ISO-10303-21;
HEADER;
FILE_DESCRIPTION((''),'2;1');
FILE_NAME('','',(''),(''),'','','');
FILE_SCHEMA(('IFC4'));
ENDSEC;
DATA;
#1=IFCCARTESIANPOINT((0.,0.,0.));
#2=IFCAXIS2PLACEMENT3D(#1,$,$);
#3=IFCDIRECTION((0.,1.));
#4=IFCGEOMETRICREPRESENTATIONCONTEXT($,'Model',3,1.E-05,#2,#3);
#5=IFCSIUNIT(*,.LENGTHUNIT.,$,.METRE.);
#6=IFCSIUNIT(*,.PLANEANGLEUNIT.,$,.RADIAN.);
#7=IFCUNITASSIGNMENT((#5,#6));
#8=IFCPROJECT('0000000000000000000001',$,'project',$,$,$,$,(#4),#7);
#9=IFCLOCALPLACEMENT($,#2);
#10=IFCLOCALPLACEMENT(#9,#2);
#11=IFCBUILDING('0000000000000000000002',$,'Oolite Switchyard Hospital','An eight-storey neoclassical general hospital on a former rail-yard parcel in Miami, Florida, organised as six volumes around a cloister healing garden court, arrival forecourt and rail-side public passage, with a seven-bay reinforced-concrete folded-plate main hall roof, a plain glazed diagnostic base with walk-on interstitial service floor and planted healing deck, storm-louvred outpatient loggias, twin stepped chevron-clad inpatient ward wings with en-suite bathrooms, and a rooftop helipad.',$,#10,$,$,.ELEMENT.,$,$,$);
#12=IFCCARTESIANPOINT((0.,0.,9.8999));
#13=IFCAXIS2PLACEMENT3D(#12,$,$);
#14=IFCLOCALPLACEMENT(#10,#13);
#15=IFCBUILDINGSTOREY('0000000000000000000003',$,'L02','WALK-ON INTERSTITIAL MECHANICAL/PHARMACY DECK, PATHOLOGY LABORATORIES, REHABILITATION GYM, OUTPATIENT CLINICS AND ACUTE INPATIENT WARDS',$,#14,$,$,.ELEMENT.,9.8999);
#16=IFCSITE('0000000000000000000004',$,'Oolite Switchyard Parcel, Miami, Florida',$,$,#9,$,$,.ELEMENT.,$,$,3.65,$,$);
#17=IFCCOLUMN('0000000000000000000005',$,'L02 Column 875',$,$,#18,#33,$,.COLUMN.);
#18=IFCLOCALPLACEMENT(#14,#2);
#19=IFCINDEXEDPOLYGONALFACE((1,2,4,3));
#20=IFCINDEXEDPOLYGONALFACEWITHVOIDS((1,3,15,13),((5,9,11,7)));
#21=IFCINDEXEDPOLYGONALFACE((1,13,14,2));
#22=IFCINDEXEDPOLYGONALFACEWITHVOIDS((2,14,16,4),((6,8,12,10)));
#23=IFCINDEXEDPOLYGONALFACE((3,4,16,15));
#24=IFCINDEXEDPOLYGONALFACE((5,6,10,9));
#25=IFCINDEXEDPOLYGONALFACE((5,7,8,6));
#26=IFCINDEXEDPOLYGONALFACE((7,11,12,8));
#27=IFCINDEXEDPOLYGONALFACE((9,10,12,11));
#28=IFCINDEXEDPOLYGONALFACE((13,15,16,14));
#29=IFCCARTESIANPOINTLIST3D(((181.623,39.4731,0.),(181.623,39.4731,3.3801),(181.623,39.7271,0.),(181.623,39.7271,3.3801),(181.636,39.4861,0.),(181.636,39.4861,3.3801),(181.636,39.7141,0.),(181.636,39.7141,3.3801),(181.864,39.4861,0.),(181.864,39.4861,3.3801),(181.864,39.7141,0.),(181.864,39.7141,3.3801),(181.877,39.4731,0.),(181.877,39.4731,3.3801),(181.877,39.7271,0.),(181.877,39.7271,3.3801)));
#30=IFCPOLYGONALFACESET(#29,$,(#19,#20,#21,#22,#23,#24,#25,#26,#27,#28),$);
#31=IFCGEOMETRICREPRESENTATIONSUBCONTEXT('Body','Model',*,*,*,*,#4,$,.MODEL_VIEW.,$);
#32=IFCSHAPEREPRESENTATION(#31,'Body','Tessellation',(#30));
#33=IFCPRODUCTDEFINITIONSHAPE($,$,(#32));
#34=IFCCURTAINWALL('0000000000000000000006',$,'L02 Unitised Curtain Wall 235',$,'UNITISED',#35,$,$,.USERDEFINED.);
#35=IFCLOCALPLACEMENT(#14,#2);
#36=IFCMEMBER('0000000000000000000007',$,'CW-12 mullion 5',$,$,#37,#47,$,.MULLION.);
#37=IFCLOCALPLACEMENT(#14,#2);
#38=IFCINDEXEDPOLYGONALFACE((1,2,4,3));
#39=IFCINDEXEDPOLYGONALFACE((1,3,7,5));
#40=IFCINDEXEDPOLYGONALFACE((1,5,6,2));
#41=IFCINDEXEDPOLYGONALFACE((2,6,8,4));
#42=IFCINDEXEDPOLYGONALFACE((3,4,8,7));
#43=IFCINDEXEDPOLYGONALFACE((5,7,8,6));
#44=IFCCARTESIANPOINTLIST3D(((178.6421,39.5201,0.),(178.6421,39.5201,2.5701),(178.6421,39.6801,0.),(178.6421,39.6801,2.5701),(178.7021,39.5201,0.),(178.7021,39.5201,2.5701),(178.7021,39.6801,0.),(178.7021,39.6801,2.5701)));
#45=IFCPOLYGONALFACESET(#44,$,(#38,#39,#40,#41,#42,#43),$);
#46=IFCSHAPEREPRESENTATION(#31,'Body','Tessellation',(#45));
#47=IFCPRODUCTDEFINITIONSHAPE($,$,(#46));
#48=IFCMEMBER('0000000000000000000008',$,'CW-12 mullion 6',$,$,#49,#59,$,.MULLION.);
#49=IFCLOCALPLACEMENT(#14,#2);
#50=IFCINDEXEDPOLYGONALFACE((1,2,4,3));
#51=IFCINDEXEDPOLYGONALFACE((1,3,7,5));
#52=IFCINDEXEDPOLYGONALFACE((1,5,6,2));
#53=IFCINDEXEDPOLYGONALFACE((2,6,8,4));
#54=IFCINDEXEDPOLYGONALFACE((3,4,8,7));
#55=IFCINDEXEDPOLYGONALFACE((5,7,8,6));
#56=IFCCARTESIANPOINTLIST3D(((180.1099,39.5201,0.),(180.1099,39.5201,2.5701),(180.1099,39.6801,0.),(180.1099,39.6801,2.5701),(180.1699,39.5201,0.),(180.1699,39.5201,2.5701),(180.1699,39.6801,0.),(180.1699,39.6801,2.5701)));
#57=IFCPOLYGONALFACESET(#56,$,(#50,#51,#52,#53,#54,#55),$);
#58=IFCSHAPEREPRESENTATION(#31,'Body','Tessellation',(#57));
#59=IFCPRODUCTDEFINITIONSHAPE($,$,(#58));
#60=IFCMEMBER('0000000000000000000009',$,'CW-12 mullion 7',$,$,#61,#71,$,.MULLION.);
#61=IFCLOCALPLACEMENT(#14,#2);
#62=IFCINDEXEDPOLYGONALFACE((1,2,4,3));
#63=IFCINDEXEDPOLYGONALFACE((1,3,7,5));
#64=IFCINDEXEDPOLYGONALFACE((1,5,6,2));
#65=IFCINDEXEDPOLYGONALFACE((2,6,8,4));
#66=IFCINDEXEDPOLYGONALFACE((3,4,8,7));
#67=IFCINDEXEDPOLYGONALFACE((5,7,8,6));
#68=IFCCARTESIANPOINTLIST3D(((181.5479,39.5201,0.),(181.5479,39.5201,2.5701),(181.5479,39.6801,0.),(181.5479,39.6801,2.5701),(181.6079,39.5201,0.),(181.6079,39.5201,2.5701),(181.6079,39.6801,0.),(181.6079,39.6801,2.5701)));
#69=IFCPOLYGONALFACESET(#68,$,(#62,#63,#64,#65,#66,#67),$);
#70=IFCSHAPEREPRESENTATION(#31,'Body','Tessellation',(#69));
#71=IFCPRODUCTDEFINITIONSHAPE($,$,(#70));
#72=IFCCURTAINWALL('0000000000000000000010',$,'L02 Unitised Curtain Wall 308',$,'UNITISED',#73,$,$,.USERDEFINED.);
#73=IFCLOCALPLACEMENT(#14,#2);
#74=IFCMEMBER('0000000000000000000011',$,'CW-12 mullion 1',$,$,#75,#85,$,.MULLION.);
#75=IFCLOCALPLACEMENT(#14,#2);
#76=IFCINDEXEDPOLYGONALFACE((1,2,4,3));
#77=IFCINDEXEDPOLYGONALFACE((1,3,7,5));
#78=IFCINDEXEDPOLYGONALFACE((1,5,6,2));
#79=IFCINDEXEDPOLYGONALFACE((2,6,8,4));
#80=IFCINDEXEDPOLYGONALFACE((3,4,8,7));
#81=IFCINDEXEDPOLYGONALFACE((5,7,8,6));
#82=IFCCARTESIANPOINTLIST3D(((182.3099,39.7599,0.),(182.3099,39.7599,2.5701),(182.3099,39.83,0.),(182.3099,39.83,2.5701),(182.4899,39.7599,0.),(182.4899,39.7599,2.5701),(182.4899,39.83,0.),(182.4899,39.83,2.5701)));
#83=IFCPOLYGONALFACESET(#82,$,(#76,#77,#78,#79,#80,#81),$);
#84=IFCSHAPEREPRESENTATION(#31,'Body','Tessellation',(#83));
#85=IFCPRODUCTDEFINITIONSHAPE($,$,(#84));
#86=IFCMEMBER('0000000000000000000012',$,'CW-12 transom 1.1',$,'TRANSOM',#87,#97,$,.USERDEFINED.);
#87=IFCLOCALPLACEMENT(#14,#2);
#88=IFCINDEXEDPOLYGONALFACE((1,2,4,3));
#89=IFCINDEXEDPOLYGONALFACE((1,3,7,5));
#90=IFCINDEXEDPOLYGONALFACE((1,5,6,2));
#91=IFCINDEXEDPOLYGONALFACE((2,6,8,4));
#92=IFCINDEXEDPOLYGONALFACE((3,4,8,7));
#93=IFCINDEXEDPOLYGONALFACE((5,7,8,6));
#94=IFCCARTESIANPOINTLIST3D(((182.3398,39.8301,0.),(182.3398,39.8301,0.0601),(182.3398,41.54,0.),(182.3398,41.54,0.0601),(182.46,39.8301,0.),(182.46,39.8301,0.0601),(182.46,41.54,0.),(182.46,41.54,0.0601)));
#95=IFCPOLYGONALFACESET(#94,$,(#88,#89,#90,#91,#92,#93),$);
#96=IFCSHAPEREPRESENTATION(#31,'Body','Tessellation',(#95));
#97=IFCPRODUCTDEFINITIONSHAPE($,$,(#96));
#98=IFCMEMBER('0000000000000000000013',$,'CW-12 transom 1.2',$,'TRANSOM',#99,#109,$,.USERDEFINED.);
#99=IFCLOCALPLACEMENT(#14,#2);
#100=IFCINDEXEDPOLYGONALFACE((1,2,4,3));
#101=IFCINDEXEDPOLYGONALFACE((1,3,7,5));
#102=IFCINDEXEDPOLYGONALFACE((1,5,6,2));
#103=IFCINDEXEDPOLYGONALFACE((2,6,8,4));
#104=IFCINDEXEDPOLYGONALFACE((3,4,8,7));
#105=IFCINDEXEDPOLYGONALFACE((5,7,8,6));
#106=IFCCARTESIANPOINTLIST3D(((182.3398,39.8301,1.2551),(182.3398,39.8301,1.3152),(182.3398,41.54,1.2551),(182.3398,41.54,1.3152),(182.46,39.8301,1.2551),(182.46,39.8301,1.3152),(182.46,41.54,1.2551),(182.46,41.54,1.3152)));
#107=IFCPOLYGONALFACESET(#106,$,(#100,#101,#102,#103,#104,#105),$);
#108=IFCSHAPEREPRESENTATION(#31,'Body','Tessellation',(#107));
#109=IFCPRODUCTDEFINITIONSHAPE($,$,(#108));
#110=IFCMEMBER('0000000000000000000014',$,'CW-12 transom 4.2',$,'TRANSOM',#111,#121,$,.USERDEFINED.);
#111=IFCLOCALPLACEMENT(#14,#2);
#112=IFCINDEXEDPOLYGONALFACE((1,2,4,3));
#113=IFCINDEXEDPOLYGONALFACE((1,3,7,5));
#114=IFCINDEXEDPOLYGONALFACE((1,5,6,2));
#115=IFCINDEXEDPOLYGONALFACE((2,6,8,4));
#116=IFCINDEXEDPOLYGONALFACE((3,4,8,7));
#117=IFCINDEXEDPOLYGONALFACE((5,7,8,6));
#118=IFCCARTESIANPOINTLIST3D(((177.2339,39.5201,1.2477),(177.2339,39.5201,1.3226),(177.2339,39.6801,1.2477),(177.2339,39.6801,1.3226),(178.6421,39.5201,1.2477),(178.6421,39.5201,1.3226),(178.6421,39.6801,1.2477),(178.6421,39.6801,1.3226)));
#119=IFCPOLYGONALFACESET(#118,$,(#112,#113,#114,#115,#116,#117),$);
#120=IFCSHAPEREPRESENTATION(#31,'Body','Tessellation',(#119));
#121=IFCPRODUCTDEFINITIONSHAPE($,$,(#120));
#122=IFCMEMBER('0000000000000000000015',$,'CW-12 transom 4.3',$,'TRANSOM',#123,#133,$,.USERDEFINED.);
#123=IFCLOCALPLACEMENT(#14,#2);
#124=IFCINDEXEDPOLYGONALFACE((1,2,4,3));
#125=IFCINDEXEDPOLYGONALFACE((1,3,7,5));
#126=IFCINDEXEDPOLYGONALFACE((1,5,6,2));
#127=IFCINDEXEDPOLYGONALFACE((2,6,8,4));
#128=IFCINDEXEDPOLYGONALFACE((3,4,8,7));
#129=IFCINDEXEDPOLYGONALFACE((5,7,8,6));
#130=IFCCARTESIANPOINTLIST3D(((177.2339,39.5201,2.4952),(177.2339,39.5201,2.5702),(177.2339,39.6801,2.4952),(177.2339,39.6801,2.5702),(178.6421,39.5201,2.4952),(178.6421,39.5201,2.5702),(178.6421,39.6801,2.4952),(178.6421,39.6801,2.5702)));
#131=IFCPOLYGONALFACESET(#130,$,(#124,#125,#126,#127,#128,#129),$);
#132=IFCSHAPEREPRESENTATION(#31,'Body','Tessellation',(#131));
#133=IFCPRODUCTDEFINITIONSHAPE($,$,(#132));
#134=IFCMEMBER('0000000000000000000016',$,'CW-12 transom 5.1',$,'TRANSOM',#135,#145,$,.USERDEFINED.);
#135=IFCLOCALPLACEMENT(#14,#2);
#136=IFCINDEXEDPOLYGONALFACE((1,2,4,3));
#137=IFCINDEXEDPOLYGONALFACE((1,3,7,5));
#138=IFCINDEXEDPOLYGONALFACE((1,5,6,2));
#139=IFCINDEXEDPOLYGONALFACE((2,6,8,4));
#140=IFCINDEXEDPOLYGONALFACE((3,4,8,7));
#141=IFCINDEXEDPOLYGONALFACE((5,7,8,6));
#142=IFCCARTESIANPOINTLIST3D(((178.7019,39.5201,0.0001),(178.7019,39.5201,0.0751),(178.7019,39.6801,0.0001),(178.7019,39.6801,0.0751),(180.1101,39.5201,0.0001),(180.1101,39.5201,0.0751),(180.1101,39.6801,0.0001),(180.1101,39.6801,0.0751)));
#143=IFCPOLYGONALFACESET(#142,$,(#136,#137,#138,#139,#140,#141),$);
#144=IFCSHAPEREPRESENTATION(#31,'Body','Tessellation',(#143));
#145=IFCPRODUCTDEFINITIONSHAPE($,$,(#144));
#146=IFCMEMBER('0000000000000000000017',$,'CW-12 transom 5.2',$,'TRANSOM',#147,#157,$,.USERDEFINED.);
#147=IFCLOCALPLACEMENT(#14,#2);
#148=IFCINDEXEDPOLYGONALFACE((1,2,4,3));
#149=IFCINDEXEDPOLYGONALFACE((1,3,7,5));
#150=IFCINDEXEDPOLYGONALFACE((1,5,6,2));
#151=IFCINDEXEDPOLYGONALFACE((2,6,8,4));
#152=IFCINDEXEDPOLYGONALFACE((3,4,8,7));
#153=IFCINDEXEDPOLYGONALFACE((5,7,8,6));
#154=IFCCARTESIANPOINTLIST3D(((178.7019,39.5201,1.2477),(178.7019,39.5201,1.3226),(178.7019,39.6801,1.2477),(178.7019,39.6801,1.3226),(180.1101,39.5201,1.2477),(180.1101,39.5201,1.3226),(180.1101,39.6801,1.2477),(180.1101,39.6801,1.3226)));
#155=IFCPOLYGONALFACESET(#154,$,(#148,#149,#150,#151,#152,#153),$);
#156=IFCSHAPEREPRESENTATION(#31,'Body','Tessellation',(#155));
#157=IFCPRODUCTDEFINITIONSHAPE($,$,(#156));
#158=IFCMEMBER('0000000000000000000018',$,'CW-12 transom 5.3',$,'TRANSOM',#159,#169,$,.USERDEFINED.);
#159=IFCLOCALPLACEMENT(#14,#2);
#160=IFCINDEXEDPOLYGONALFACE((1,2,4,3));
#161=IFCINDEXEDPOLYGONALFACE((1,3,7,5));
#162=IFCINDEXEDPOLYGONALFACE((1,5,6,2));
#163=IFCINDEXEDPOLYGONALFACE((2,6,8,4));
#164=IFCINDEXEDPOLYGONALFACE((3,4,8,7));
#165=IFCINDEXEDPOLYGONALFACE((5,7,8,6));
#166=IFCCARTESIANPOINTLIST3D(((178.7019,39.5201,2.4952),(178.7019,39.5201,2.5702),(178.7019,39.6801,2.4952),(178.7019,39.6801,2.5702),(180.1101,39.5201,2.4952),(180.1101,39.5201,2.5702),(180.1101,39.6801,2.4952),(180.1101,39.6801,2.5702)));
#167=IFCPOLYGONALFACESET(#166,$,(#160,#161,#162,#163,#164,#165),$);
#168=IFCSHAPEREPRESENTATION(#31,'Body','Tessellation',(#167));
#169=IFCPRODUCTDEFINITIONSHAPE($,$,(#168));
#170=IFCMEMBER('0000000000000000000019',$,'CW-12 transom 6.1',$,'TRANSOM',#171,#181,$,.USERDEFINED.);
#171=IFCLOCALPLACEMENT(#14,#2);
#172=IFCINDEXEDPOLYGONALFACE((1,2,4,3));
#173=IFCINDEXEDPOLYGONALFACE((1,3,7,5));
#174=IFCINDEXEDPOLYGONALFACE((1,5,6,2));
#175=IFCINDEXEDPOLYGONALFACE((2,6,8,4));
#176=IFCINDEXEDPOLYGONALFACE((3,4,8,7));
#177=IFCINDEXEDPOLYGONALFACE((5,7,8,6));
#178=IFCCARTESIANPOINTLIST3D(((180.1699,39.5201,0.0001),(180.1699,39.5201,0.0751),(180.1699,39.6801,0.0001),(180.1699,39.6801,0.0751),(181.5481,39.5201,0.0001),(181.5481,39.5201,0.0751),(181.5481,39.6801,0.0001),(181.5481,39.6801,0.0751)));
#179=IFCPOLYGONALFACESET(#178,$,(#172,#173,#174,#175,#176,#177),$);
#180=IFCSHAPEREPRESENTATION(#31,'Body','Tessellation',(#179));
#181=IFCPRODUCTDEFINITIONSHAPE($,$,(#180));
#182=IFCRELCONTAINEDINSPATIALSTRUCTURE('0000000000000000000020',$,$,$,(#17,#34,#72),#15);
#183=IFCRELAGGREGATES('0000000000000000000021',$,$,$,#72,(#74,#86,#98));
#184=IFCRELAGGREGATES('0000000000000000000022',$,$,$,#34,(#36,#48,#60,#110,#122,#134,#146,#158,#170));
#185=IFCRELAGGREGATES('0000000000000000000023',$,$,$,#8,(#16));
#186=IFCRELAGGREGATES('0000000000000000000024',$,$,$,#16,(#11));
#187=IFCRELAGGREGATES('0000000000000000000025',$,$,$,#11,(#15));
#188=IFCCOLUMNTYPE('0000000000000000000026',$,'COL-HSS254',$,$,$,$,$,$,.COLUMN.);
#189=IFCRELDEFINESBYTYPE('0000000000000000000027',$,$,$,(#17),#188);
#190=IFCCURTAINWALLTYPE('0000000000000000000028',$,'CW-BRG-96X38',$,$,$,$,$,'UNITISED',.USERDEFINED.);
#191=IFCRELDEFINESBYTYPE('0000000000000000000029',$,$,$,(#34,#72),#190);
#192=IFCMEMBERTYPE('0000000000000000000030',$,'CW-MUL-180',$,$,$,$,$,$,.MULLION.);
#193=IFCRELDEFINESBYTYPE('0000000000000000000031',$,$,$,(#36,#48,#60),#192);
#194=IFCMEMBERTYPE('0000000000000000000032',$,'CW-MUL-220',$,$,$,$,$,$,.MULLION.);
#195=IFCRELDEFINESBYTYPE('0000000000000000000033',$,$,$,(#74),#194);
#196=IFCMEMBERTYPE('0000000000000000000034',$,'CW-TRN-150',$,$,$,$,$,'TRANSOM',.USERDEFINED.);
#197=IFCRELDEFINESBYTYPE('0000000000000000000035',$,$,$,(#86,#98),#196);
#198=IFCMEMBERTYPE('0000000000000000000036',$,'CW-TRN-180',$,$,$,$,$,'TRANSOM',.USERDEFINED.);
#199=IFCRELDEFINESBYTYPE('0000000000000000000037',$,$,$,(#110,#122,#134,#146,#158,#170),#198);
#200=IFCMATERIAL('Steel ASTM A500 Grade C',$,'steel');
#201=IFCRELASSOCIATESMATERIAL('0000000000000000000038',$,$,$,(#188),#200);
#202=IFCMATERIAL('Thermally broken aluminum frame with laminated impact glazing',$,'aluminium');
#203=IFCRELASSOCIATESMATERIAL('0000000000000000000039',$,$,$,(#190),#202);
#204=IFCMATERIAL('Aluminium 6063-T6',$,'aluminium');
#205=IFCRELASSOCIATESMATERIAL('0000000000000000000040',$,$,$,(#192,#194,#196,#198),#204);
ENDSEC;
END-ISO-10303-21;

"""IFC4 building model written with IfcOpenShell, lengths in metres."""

from ifc_helpers import new_model, si_unit, direction, frame, origin, origin_2d, place, context, subcontext, project, spatial, rectangle, hollow_rectangle, extrude, material, material_profile, profile_set, type_object, element, aggregate, save


model = new_model("IFC4")

# Units and contexts
model_context = context("Model", 3, precision=1e-05, world=origin(), true_north=direction((0.0, 1.0)))
body_context = subcontext(model_context, "Body", "Model", "MODEL_VIEW")
ifc_project = project(units=[si_unit("LENGTHUNIT", "METRE"), si_unit("PLANEANGLEUNIT", "RADIAN")], contexts=[model_context])

# Site, building, storey
site_placement = place(None, origin())
site = spatial("IfcSite", under=ifc_project, at=site_placement, Name="Oolite Switchyard Parcel, Miami, Florida", CompositionType="ELEMENT", RefElevation=3.65)
building_placement = place(site_placement, origin())
building = spatial("IfcBuilding", under=site, at=building_placement, Name="Oolite Switchyard Hospital", Description="An eight-storey neoclassical general hospital on a former rail-yard parcel in Miami, Florida, organised as six volumes around a cloister healing garden court, arrival forecourt and rail-side public passage, with a seven-bay reinforced-concrete folded-plate main hall roof, a plain glazed diagnostic base with walk-on interstitial service floor and planted healing deck, storm-louvred outpatient loggias, twin stepped chevron-clad inpatient ward wings with en-suite bathrooms, and a rooftop helipad.", CompositionType="ELEMENT")
storey_placement = place(building_placement, frame((0.0, 0.0, 9.8999)))
storey = spatial("IfcBuildingStorey", under=building, at=storey_placement, Name="L02", Description="WALK-ON INTERSTITIAL MECHANICAL/PHARMACY DECK, PATHOLOGY LABORATORIES, REHABILITATION GYM, OUTPATIENT CLINICS AND ACUTE INPATIENT WARDS", CompositionType="ELEMENT", Elevation=9.8999)

# Column
ifc_material_1 = material(Name="Steel ASTM A500 Grade C", Category="steel")
ifc_material_profile_1 = material_profile(ifc_material_1, hollow_rectangle(XDim=0.2539, YDim=0.2539, WallThickness=0.0129, at=origin_2d()), Name="HSS254X254X13")
ifc_profile_set_1 = profile_set([ifc_material_profile_1], Name="Steel ASTM A500 Grade C")
column_type = type_object("IfcColumnType", Name="COL-HSS254", PredefinedType="COLUMN", material=ifc_profile_set_1)
column_placement = place(storey_placement, frame((181.75, 39.6001, 0.0), z_axis=(0.0, 0.0, 1.0), x_axis=(1.0, 0.0, 0.0)))
element("IfcColumn", 1, at=column_placement, inside=storey, type_object=column_type, Name="L02 Column 875", PredefinedType="COLUMN", context=body_context, shape_type="SweptSolid", body=[
    extrude(hollow_rectangle(XDim=0.2539, YDim=0.2539, WallThickness=0.0129, at=origin_2d()), origin(), (0.0, 0.0, 1.0), 3.3801),
])

# Curtain walls, members
ifc_material_2 = material(Name="Thermally broken aluminum frame with laminated impact glazing", Category="aluminium")
curtain_wall_type = type_object("IfcCurtainWallType", Name="CW-BRG-96X38", ElementType="UNITISED", PredefinedType="USERDEFINED", material=ifc_material_2)
curtain_wall_1_placement = place(storey_placement, origin())
curtain_wall_1 = element("IfcCurtainWall", 2, at=curtain_wall_1_placement, inside=storey, type_object=curtain_wall_type, Name="L02 Unitised Curtain Wall 235", ObjectType="UNITISED", PredefinedType="USERDEFINED")
ifc_material_3 = material(Name="Aluminium 6063-T6", Category="aluminium")
ifc_material_profile_2 = material_profile(ifc_material_3, rectangle(XDim=0.1599, YDim=0.0601, at=origin_2d()), Name="CWM60X160")
ifc_profile_set_2 = profile_set([ifc_material_profile_2], Name="Aluminium 6063-T6")
member_type_1 = type_object("IfcMemberType", Name="CW-MUL-180", PredefinedType="MULLION", material=ifc_profile_set_2)
member_1_placement = place(storey_placement, frame((178.6721, 39.6001, 0.0), z_axis=(0.0, 0.0, 1.0), x_axis=(0.0, 1.0, 0.0)))
member_1 = element("IfcMember", 3, at=member_1_placement, type_object=member_type_1, Name="CW-12 mullion 5", PredefinedType="MULLION", context=body_context, shape_type="SweptSolid", body=[
    extrude(rectangle(XDim=0.1599, YDim=0.0601, at=origin_2d()), origin(), (0.0, 0.0, 1.0), 2.5701),
])
member_2_placement = place(storey_placement, frame((180.1399, 39.6001, 0.0), z_axis=(0.0, 0.0, 1.0), x_axis=(0.0, 1.0, 0.0)))
member_2 = element("IfcMember", 4, at=member_2_placement, type_object=member_type_1, Name="CW-12 mullion 6", PredefinedType="MULLION", context=body_context, shape_type="SweptSolid", body=[
    extrude(rectangle(XDim=0.1599, YDim=0.0601, at=origin_2d()), origin(), (0.0, 0.0, 1.0), 2.5701),
])
member_3_placement = place(storey_placement, frame((181.5779, 39.6001, 0.0), z_axis=(0.0, 0.0, 1.0), x_axis=(0.0, 1.0, 0.0)))
member_3 = element("IfcMember", 5, at=member_3_placement, type_object=member_type_1, Name="CW-12 mullion 7", PredefinedType="MULLION", context=body_context, shape_type="SweptSolid", body=[
    extrude(rectangle(XDim=0.1599, YDim=0.0601, at=origin_2d()), origin(), (0.0, 0.0, 1.0), 2.5701),
])
curtain_wall_2_placement = place(storey_placement, origin())
curtain_wall_2 = element("IfcCurtainWall", 6, at=curtain_wall_2_placement, inside=storey, type_object=curtain_wall_type, Name="L02 Unitised Curtain Wall 308", ObjectType="UNITISED", PredefinedType="USERDEFINED")
ifc_material_profile_3 = material_profile(ifc_material_3, rectangle(XDim=0.1799, YDim=0.0701, at=origin_2d()), Name="CWM70X180")
ifc_profile_set_3 = profile_set([ifc_material_profile_3], Name="Aluminium 6063-T6")
member_type_2 = type_object("IfcMemberType", Name="CW-MUL-220", PredefinedType="MULLION", material=ifc_profile_set_3)
member_4_placement = place(storey_placement, frame((182.3999, 39.7949, 0.0), z_axis=(0.0, 0.0, 1.0), x_axis=(-1.0, 0.0, 0.0)))
member_4 = element("IfcMember", 7, at=member_4_placement, type_object=member_type_2, Name="CW-12 mullion 1", PredefinedType="MULLION", context=body_context, shape_type="SweptSolid", body=[
    extrude(rectangle(XDim=0.1799, YDim=0.0701, at=origin_2d()), origin(), (0.0, 0.0, 1.0), 2.5701),
])
ifc_material_profile_4 = material_profile(ifc_material_3, rectangle(XDim=0.1201, YDim=0.0601, at=origin_2d()), Name="CWT60X120")
ifc_profile_set_4 = profile_set([ifc_material_profile_4], Name="Aluminium 6063-T6")
member_type_3 = type_object("IfcMemberType", Name="CW-TRN-150", ElementType="TRANSOM", PredefinedType="USERDEFINED", material=ifc_profile_set_4)
member_5_placement = place(storey_placement, frame((182.3999, 39.8301, 0.03), z_axis=(0.0, 1.0, 0.0), x_axis=(-1.0, 0.0, 0.0)))
member_5 = element("IfcMember", 8, at=member_5_placement, type_object=member_type_3, Name="CW-12 transom 1.1", ObjectType="TRANSOM", PredefinedType="USERDEFINED", context=body_context, shape_type="SweptSolid", body=[
    extrude(rectangle(XDim=0.1201, YDim=0.0601, at=origin_2d()), origin(), (0.0, 0.0, 1.0), 1.71),
])
member_6_placement = place(storey_placement, frame((182.3999, 39.8301, 1.2852), z_axis=(0.0, 1.0, 0.0), x_axis=(-1.0, 0.0, 0.0)))
member_6 = element("IfcMember", 9, at=member_6_placement, type_object=member_type_3, Name="CW-12 transom 1.2", ObjectType="TRANSOM", PredefinedType="USERDEFINED", context=body_context, shape_type="SweptSolid", body=[
    extrude(rectangle(XDim=0.1201, YDim=0.0601, at=origin_2d()), origin(), (0.0, 0.0, 1.0), 1.71),
])
aggregate(curtain_wall_2, [member_4, member_5, member_6])

# Members
ifc_material_profile_5 = material_profile(ifc_material_3, rectangle(XDim=0.1599, YDim=0.075, at=origin_2d()), Name="CWT75X160")
ifc_profile_set_5 = profile_set([ifc_material_profile_5], Name="Aluminium 6063-T6")
member_type_4 = type_object("IfcMemberType", Name="CW-TRN-180", ElementType="TRANSOM", PredefinedType="USERDEFINED", material=ifc_profile_set_5)
member_7_placement = place(storey_placement, frame((177.2339, 39.6001, 1.2852), z_axis=(1.0, 0.0, 0.0), x_axis=(0.0, 1.0, 0.0)))
member_7 = element("IfcMember", 10, at=member_7_placement, type_object=member_type_4, Name="CW-12 transom 4.2", ObjectType="TRANSOM", PredefinedType="USERDEFINED", context=body_context, shape_type="SweptSolid", body=[
    extrude(rectangle(XDim=0.1599, YDim=0.075, at=origin_2d()), origin(), (0.0, 0.0, 1.0), 1.4082),
])
member_8_placement = place(storey_placement, frame((177.2339, 39.6001, 2.5327), z_axis=(1.0, 0.0, 0.0), x_axis=(0.0, 1.0, 0.0)))
member_8 = element("IfcMember", 11, at=member_8_placement, type_object=member_type_4, Name="CW-12 transom 4.3", ObjectType="TRANSOM", PredefinedType="USERDEFINED", context=body_context, shape_type="SweptSolid", body=[
    extrude(rectangle(XDim=0.1599, YDim=0.075, at=origin_2d()), origin(), (0.0, 0.0, 1.0), 1.4082),
])
member_9_placement = place(storey_placement, frame((178.7019, 39.6001, 0.0376), z_axis=(1.0, 0.0, 0.0), x_axis=(0.0, 1.0, 0.0)))
member_9 = element("IfcMember", 12, at=member_9_placement, type_object=member_type_4, Name="CW-12 transom 5.1", ObjectType="TRANSOM", PredefinedType="USERDEFINED", context=body_context, shape_type="SweptSolid", body=[
    extrude(rectangle(XDim=0.1599, YDim=0.075, at=origin_2d()), origin(), (0.0, 0.0, 1.0), 1.4082),
])
member_10_placement = place(storey_placement, frame((178.7019, 39.6001, 1.2852), z_axis=(1.0, 0.0, 0.0), x_axis=(0.0, 1.0, 0.0)))
member_10 = element("IfcMember", 13, at=member_10_placement, type_object=member_type_4, Name="CW-12 transom 5.2", ObjectType="TRANSOM", PredefinedType="USERDEFINED", context=body_context, shape_type="SweptSolid", body=[
    extrude(rectangle(XDim=0.1599, YDim=0.075, at=origin_2d()), origin(), (0.0, 0.0, 1.0), 1.4082),
])
member_11_placement = place(storey_placement, frame((178.7019, 39.6001, 2.5327), z_axis=(1.0, 0.0, 0.0), x_axis=(0.0, 1.0, 0.0)))
member_11 = element("IfcMember", 14, at=member_11_placement, type_object=member_type_4, Name="CW-12 transom 5.3", ObjectType="TRANSOM", PredefinedType="USERDEFINED", context=body_context, shape_type="SweptSolid", body=[
    extrude(rectangle(XDim=0.1599, YDim=0.075, at=origin_2d()), origin(), (0.0, 0.0, 1.0), 1.4082),
])
member_12_placement = place(storey_placement, frame((180.1699, 39.6001, 0.0376), z_axis=(1.0, 0.0, 0.0), x_axis=(0.0, 1.0, 0.0)))
member_12 = element("IfcMember", 15, at=member_12_placement, type_object=member_type_4, Name="CW-12 transom 6.1", ObjectType="TRANSOM", PredefinedType="USERDEFINED", context=body_context, shape_type="SweptSolid", body=[
    extrude(rectangle(XDim=0.1599, YDim=0.075, at=origin_2d()), origin(), (0.0, 0.0, 1.0), 1.3782),
])

aggregate(curtain_wall_1, [member_1, member_2, member_3, member_7, member_8, member_9, member_10, member_11, member_12])

save(model, "model.ifc")
